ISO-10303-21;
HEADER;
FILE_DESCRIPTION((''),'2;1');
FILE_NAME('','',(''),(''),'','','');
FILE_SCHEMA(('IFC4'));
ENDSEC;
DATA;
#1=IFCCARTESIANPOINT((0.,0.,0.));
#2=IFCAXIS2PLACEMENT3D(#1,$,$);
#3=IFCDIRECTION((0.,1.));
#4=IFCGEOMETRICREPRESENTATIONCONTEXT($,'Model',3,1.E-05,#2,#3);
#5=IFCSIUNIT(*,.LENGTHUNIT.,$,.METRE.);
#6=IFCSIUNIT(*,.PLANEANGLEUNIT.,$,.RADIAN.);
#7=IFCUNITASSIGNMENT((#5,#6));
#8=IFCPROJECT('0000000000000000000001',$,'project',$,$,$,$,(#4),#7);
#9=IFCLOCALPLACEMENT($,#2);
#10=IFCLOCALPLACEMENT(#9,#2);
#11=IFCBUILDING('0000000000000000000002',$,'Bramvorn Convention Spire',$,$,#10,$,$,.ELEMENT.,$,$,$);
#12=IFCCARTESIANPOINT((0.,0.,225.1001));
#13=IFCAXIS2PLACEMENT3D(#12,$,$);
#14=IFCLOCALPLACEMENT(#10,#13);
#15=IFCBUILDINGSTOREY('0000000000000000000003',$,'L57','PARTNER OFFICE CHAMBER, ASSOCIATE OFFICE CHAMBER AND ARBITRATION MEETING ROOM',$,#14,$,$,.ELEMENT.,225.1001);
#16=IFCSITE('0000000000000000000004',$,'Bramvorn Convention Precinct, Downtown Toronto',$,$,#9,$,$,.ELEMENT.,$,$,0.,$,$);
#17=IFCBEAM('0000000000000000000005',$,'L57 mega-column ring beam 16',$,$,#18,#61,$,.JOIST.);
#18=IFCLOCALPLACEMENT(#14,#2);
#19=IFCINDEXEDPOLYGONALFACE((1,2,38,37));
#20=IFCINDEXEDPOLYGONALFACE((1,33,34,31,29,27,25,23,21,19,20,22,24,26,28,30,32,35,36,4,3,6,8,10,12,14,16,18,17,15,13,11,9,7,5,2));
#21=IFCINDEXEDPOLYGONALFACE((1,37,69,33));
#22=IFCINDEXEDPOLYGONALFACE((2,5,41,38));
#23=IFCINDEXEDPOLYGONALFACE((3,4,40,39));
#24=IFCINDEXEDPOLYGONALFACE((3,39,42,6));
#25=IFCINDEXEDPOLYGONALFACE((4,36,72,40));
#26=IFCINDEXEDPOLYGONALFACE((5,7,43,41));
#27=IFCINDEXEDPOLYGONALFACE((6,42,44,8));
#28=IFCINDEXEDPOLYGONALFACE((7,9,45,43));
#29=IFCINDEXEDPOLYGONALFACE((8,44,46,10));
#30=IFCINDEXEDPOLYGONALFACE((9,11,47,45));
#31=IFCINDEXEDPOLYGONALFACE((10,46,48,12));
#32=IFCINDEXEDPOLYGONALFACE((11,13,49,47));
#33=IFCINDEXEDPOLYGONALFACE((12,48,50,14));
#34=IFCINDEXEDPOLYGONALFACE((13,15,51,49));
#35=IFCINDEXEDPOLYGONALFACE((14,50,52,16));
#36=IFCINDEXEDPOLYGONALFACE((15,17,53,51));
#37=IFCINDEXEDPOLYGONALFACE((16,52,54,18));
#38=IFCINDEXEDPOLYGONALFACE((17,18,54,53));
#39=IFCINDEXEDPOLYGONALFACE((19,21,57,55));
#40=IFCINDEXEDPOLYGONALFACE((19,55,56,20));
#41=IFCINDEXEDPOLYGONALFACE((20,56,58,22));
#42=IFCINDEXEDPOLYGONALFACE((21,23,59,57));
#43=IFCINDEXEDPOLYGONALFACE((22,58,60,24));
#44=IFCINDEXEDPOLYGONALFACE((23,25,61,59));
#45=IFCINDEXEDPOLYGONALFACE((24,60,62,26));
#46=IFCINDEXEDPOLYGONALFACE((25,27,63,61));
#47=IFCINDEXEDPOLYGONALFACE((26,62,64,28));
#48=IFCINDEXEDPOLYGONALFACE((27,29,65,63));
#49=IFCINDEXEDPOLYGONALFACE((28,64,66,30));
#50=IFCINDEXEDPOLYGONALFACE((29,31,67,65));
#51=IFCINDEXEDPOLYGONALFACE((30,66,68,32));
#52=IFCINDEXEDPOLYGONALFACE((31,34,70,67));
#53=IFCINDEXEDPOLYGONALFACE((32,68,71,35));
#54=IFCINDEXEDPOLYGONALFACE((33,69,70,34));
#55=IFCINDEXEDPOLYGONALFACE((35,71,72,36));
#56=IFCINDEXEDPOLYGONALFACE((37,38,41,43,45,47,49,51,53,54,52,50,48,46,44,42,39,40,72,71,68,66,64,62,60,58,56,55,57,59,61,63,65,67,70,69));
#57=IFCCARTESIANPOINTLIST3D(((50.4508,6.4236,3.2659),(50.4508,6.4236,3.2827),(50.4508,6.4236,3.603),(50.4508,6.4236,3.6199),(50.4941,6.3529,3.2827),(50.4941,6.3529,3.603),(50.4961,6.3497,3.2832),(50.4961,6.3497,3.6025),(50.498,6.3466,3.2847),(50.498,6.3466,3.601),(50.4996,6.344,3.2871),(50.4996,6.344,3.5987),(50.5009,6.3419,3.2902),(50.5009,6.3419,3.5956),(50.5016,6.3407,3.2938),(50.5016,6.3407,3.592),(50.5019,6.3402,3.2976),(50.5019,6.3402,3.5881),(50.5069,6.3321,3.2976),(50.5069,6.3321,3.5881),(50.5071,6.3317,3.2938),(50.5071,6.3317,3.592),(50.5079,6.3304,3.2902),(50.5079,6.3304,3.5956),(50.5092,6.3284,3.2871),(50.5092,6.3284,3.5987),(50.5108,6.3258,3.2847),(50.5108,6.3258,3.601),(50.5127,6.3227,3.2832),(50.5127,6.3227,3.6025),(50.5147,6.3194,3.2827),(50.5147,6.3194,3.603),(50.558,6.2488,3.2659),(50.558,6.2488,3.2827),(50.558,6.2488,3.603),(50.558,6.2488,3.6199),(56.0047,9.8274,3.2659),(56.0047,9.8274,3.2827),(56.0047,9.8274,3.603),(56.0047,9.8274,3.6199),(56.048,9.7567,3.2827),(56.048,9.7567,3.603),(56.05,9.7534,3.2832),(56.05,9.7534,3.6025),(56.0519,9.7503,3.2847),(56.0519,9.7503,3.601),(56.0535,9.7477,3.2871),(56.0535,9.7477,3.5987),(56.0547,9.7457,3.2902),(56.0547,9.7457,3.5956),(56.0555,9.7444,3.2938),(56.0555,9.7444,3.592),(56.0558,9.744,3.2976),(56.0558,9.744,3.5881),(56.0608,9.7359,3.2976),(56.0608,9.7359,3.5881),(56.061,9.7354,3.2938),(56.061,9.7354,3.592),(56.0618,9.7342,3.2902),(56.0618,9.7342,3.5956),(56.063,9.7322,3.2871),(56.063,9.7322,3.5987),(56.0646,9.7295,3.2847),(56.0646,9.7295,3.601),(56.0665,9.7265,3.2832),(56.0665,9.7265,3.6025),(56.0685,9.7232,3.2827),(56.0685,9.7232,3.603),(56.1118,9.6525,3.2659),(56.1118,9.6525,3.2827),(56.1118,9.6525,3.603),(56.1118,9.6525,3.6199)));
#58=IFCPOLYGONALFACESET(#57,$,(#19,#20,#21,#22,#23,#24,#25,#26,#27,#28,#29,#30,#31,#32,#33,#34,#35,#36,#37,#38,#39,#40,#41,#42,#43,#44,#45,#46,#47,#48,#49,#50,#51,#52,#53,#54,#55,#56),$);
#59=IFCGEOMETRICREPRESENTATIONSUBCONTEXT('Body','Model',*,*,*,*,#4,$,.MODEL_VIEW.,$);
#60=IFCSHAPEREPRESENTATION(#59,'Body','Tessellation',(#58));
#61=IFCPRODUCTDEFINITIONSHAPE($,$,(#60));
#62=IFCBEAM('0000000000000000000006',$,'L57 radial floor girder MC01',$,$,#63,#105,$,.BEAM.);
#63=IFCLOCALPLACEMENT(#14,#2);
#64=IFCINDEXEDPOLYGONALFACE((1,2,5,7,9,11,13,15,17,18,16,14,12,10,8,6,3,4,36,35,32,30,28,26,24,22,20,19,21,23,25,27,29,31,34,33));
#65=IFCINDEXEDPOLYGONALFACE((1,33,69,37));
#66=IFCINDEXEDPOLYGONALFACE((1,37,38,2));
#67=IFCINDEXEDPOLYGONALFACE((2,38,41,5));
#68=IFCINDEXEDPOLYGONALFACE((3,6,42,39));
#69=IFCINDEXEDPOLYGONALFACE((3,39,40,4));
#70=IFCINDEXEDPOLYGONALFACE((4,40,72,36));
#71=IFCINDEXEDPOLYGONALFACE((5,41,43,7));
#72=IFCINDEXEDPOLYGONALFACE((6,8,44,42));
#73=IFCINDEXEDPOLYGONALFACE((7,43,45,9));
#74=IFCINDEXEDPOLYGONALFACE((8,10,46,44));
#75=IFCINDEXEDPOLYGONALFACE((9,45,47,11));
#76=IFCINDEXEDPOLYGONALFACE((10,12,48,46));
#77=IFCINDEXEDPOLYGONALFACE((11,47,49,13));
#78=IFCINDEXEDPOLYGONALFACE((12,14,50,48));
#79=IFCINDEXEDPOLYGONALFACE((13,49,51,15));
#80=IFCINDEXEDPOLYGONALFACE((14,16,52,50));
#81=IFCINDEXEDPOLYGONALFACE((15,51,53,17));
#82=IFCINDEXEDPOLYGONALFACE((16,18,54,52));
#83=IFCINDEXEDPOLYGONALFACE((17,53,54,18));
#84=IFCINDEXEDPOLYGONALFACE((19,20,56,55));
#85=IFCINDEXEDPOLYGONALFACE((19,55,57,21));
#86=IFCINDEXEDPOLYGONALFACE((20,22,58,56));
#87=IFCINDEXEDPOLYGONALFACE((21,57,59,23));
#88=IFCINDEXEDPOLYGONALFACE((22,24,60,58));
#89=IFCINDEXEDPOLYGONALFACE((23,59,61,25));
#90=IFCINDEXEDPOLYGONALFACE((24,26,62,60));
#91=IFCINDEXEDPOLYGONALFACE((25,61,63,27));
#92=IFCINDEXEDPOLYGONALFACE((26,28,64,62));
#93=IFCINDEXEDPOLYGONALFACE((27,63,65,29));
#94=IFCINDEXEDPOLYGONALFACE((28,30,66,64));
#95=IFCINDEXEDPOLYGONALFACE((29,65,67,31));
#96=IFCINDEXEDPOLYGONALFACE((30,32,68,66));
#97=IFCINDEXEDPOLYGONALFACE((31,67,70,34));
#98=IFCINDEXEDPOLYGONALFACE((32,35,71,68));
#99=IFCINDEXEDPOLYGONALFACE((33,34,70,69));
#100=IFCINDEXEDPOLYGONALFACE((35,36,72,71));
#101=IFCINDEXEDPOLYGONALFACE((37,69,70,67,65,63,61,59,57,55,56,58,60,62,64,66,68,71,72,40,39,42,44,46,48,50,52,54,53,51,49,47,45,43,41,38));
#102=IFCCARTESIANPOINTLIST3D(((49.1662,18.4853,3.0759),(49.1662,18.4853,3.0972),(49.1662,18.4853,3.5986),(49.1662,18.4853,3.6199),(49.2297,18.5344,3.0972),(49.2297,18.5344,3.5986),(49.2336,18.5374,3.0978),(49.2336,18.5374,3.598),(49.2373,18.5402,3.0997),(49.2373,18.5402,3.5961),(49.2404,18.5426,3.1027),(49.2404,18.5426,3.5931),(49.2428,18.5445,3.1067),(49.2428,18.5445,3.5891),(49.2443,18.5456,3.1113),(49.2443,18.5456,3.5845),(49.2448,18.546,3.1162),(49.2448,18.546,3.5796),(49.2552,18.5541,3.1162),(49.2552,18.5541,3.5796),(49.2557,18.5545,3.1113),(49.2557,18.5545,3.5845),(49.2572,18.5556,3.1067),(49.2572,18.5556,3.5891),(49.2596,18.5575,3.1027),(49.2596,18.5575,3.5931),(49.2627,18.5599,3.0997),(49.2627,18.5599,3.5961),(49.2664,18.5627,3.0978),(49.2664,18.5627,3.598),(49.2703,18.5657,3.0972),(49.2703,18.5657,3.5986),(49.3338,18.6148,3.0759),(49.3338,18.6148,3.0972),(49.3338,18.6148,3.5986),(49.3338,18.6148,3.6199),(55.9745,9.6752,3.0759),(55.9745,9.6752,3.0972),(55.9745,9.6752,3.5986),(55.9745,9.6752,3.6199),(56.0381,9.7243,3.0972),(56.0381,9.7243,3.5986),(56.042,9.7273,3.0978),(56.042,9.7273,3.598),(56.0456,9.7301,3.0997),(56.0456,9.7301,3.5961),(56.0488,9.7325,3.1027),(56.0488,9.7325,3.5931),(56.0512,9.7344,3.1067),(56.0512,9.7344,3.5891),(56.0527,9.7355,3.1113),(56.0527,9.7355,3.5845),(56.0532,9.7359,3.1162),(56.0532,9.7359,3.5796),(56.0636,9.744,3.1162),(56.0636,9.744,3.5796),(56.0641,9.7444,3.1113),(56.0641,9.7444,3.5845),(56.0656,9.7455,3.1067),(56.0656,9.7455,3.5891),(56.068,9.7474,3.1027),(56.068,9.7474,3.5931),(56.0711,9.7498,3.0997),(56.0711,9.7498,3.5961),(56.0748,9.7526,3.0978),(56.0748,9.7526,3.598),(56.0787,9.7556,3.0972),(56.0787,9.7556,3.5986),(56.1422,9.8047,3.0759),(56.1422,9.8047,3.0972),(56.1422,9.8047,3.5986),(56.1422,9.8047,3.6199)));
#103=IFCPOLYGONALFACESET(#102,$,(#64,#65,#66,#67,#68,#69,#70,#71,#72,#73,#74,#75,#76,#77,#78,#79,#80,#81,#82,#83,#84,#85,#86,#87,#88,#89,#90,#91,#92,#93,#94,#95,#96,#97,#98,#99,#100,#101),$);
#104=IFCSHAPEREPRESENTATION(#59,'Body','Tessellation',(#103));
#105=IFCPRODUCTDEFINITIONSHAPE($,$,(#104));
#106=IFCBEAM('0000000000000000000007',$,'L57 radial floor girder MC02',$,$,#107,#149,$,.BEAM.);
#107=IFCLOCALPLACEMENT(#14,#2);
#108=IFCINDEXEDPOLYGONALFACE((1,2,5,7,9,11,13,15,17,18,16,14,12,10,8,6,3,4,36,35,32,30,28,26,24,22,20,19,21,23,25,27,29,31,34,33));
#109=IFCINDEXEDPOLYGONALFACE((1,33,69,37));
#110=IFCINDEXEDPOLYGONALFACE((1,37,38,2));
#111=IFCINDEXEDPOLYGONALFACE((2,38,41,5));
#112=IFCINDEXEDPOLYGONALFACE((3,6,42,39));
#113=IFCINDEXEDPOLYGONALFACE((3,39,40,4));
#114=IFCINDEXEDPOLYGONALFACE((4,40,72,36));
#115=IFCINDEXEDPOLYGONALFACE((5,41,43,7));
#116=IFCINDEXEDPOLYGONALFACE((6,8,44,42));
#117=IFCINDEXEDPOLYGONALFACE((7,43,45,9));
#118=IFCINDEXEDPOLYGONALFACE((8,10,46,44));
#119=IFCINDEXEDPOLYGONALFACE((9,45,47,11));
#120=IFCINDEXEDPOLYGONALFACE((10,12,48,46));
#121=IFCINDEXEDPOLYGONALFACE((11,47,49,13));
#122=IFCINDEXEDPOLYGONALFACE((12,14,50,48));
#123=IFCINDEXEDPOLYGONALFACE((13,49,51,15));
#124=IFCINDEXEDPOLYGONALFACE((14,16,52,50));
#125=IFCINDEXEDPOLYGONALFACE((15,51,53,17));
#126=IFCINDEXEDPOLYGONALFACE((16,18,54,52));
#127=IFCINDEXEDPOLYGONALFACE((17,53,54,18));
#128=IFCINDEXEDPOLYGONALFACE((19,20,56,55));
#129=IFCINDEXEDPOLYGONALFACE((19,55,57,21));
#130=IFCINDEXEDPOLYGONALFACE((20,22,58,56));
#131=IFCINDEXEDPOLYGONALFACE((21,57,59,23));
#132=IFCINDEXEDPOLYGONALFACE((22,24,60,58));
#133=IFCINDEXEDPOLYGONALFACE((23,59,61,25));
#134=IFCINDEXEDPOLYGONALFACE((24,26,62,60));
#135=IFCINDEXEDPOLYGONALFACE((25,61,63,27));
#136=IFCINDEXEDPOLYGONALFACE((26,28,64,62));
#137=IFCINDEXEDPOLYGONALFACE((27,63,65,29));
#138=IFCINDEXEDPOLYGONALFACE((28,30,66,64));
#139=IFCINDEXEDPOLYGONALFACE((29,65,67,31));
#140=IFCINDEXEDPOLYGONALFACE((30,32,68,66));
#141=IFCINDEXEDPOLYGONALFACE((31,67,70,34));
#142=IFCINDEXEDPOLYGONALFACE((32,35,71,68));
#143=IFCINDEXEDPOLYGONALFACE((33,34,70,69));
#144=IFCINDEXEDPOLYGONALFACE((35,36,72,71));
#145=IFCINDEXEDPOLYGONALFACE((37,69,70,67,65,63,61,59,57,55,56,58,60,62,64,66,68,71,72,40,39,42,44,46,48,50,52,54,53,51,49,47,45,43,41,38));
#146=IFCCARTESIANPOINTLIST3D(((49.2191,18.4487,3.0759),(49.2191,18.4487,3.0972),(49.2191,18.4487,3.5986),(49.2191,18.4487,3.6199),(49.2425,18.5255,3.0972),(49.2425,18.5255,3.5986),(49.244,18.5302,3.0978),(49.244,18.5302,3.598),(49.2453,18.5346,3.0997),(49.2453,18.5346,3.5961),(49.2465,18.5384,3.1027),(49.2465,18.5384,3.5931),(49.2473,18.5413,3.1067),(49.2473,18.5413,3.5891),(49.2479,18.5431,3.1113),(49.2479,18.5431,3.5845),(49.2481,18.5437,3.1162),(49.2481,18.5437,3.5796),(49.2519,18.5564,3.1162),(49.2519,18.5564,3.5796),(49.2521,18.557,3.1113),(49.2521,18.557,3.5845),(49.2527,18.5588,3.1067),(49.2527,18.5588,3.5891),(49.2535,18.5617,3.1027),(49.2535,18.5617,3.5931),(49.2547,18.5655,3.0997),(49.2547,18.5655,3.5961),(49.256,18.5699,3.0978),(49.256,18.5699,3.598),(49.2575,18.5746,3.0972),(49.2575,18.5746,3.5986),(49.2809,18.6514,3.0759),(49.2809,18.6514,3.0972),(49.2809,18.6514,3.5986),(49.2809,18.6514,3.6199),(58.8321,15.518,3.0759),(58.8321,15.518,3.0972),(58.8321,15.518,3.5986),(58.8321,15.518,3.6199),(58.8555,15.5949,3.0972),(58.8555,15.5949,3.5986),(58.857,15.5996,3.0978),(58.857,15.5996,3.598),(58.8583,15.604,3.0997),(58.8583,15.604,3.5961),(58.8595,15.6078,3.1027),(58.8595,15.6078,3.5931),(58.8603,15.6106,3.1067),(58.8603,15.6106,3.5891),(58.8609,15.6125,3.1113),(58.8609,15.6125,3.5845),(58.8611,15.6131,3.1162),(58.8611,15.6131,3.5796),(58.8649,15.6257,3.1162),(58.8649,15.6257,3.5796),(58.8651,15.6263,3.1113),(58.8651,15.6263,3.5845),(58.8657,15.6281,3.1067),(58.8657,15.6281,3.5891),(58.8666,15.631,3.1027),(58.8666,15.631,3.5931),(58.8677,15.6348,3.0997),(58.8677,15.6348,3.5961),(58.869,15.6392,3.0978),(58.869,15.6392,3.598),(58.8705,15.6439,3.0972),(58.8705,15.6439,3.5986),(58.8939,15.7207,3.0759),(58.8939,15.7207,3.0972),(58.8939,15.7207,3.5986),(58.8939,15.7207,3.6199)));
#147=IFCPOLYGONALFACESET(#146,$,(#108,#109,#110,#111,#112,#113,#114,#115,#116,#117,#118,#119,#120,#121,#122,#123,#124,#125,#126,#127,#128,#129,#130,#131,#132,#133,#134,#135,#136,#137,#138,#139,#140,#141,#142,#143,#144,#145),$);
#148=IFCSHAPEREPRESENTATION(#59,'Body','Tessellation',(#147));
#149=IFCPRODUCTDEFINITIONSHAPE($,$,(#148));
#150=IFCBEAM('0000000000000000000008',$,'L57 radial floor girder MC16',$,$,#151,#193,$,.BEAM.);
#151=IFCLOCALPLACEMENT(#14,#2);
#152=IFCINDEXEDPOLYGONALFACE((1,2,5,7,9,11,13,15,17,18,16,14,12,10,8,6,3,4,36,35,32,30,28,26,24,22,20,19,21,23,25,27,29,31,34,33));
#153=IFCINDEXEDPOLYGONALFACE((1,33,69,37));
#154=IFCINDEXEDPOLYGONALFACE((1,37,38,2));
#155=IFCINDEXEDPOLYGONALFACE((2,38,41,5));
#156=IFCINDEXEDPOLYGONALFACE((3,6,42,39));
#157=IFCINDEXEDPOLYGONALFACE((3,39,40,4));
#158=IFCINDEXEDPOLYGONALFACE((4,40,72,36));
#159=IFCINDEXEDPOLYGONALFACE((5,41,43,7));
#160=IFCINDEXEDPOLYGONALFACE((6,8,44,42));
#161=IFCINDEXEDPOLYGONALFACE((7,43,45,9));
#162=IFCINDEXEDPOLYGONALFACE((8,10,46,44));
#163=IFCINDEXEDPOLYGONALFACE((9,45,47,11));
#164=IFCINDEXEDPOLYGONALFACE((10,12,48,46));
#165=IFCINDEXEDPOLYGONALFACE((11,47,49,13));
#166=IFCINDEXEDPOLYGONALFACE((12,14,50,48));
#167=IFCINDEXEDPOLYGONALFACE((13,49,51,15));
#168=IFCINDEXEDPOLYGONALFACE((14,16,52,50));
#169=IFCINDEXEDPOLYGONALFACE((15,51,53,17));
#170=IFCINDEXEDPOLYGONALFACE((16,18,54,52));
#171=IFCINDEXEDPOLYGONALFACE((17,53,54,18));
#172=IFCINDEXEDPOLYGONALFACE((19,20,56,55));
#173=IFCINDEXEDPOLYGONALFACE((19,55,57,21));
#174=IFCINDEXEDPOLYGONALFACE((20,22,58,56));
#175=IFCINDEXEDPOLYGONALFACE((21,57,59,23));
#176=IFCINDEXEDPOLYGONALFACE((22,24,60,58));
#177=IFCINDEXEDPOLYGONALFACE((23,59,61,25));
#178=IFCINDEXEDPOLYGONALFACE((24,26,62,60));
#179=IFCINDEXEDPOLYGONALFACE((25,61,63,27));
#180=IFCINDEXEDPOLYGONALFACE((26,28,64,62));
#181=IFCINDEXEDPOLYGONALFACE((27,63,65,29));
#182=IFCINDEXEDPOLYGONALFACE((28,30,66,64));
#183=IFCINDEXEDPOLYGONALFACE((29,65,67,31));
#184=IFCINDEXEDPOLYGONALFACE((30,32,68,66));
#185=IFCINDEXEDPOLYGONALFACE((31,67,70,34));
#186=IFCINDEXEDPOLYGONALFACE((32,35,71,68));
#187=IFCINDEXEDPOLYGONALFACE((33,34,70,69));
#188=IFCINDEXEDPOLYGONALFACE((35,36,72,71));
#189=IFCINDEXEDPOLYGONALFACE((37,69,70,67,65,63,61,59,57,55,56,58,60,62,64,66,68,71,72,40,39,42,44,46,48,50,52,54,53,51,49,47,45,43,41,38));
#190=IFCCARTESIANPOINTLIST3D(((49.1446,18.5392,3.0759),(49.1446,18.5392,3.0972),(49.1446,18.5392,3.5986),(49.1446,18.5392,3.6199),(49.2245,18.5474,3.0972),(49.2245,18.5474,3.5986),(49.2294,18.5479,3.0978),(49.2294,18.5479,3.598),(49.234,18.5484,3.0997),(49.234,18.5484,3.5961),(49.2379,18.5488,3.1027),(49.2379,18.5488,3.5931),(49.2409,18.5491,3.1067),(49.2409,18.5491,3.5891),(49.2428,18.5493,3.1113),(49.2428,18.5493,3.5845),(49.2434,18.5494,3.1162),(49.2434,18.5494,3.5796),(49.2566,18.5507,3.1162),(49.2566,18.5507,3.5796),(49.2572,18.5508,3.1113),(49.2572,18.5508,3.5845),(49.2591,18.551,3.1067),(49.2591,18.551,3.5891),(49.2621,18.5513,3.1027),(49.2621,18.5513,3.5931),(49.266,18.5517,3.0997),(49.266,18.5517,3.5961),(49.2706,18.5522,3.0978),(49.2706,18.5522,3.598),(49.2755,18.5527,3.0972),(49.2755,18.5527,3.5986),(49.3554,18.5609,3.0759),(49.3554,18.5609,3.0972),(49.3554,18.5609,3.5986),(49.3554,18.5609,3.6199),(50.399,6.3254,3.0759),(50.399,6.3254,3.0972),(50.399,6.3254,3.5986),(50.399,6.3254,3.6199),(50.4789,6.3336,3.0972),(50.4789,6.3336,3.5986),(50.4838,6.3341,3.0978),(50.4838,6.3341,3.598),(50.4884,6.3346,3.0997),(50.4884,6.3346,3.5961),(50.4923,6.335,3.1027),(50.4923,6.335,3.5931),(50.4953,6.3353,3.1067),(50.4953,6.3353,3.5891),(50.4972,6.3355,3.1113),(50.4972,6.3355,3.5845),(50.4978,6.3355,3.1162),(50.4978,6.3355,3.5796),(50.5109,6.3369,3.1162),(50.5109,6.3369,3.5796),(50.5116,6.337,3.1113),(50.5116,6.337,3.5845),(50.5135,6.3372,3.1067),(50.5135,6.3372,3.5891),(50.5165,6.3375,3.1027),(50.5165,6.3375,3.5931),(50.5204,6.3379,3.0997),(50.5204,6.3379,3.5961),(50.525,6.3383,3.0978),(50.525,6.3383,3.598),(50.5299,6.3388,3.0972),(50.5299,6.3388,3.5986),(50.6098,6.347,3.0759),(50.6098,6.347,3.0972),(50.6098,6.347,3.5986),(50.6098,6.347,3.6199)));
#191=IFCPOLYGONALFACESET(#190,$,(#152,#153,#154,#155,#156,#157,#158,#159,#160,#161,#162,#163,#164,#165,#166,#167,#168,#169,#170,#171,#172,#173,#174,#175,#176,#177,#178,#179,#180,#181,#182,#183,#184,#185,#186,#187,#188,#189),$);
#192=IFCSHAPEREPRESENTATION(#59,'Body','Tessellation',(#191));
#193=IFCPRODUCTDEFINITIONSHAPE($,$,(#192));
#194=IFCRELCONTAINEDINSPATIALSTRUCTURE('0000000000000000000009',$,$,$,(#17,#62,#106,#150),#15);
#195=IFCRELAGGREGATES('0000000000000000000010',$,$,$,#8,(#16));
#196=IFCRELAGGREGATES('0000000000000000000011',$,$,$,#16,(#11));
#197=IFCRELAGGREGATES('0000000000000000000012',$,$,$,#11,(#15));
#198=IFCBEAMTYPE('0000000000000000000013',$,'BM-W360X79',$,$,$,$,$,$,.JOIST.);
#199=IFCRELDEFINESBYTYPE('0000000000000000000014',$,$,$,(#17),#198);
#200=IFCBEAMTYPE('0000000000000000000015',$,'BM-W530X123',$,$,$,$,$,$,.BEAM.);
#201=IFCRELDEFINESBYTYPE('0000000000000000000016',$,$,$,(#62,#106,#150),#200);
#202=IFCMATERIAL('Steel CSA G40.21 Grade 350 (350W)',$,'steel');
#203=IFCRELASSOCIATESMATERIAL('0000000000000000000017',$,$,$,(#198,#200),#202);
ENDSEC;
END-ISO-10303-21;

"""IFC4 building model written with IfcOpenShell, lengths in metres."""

from ifc_helpers import new_model, si_unit, direction, frame, origin, origin_2d, place, context, subcontext, project, spatial, i_section, extrude, material, material_profile, profile_set, type_object, element, save


model = new_model("IFC4")

# Units and contexts
model_context = context("Model", 3, precision=1e-05, world=origin(), true_north=direction((0.0, 1.0)))
body_context = subcontext(model_context, "Body", "Model", "MODEL_VIEW")
ifc_project = project(units=[si_unit("LENGTHUNIT", "METRE"), si_unit("PLANEANGLEUNIT", "RADIAN")], contexts=[model_context])

# Site, building, storey
site_placement = place(None, origin())
site = spatial("IfcSite", under=ifc_project, at=site_placement, Name="Bramvorn Convention Precinct, Downtown Toronto", CompositionType="ELEMENT", RefElevation=0.0)
building_placement = place(site_placement, origin())
building = spatial("IfcBuilding", under=site, at=building_placement, Name="Bramvorn Convention Spire", CompositionType="ELEMENT")
storey_placement = place(building_placement, frame((0.0, 0.0, 225.1001)))
storey = spatial("IfcBuildingStorey", under=building, at=storey_placement, Name="L57", Description="PARTNER OFFICE CHAMBER, ASSOCIATE OFFICE CHAMBER AND ARBITRATION MEETING ROOM", CompositionType="ELEMENT", Elevation=225.1001)

# Shared definitions
ifc_material_1 = material(Name="Steel CSA G40.21 Grade 350 (350W)", Category="steel")

# Beams
ifc_material_profile_1 = material_profile(ifc_material_1, i_section(OverallWidth=0.2051, OverallDepth=0.354, WebThickness=0.0095, FlangeThickness=0.0168, FilletRadius=0.0149, at=origin_2d()))
ifc_profile_set_1 = profile_set([ifc_material_profile_1], Name="Steel CSA G40.21 Grade 350 (350W) - W360X79")
beam_type_1 = type_object("IfcBeamType", Name="BM-W360X79", PredefinedType="JOIST", material=ifc_profile_set_1)
beam_1_placement = place(storey_placement, frame((50.5044, 6.3362, 3.4429), z_axis=(0.852617, 0.522537, 0.0), x_axis=(-0.522537, 0.852617, 0.0)))
element("IfcBeam", 1, at=beam_1_placement, inside=storey, type_object=beam_type_1, Name="L57 mega-column ring beam 16", PredefinedType="JOIST", context=body_context, shape_type="SweptSolid", body=[
    extrude(i_section(OverallWidth=0.2051, OverallDepth=0.354, WebThickness=0.0095, FlangeThickness=0.0168, FilletRadius=0.0149, at=origin_2d()), origin(), (0.0, 0.0, 1.0), 6.5139),
])
ifc_material_profile_2 = material_profile(ifc_material_1, i_section(OverallWidth=0.2119, OverallDepth=0.5439, WebThickness=0.0132, FlangeThickness=0.0212, FilletRadius=0.019, at=origin_2d()))
ifc_profile_set_2 = profile_set([ifc_material_profile_2], Name="Steel CSA G40.21 Grade 350 (350W) - W530X123")
beam_type_2 = type_object("IfcBeamType", Name="BM-W530X123", PredefinedType="BEAM", material=ifc_profile_set_2)
beam_2_placement = place(storey_placement, frame((49.25, 18.55, 3.3479), z_axis=(0.61148, -0.79126, 0.0), x_axis=(0.79126, 0.61148, 0.0)))
element("IfcBeam", 2, at=beam_2_placement, inside=storey, type_object=beam_type_2, Name="L57 radial floor girder MC01", PredefinedType="BEAM", context=body_context, shape_type="SweptSolid", body=[
    extrude(i_section(OverallWidth=0.2119, OverallDepth=0.5439, WebThickness=0.0132, FlangeThickness=0.0212, FilletRadius=0.019, at=origin_2d()), origin(), (0.0, 0.0, 1.0), 11.1343),
])
beam_3_placement = place(storey_placement, frame((49.25, 18.55, 3.3479), z_axis=(0.956536, -0.291613, 0.0), x_axis=(0.291613, 0.956536, 0.0)))
element("IfcBeam", 3, at=beam_3_placement, inside=storey, type_object=beam_type_2, Name="L57 radial floor girder MC02", PredefinedType="BEAM", context=body_context, shape_type="SweptSolid", body=[
    extrude(i_section(OverallWidth=0.2119, OverallDepth=0.5439, WebThickness=0.0132, FlangeThickness=0.0212, FilletRadius=0.019, at=origin_2d()), origin(), (0.0, 0.0, 1.0), 10.0498),
])
beam_4_placement = place(storey_placement, frame((49.25, 18.55, 3.3479), z_axis=(0.102165, -0.994767, 0.0), x_axis=(0.994767, 0.102165, 0.0)))
element("IfcBeam", 4, at=beam_4_placement, inside=storey, type_object=beam_type_2, Name="L57 radial floor girder MC16", PredefinedType="BEAM", context=body_context, shape_type="SweptSolid", body=[
    extrude(i_section(OverallWidth=0.2119, OverallDepth=0.5439, WebThickness=0.0132, FlangeThickness=0.0212, FilletRadius=0.019, at=origin_2d()), origin(), (0.0, 0.0, 1.0), 12.2781),
])

save(model, "model.ifc")
